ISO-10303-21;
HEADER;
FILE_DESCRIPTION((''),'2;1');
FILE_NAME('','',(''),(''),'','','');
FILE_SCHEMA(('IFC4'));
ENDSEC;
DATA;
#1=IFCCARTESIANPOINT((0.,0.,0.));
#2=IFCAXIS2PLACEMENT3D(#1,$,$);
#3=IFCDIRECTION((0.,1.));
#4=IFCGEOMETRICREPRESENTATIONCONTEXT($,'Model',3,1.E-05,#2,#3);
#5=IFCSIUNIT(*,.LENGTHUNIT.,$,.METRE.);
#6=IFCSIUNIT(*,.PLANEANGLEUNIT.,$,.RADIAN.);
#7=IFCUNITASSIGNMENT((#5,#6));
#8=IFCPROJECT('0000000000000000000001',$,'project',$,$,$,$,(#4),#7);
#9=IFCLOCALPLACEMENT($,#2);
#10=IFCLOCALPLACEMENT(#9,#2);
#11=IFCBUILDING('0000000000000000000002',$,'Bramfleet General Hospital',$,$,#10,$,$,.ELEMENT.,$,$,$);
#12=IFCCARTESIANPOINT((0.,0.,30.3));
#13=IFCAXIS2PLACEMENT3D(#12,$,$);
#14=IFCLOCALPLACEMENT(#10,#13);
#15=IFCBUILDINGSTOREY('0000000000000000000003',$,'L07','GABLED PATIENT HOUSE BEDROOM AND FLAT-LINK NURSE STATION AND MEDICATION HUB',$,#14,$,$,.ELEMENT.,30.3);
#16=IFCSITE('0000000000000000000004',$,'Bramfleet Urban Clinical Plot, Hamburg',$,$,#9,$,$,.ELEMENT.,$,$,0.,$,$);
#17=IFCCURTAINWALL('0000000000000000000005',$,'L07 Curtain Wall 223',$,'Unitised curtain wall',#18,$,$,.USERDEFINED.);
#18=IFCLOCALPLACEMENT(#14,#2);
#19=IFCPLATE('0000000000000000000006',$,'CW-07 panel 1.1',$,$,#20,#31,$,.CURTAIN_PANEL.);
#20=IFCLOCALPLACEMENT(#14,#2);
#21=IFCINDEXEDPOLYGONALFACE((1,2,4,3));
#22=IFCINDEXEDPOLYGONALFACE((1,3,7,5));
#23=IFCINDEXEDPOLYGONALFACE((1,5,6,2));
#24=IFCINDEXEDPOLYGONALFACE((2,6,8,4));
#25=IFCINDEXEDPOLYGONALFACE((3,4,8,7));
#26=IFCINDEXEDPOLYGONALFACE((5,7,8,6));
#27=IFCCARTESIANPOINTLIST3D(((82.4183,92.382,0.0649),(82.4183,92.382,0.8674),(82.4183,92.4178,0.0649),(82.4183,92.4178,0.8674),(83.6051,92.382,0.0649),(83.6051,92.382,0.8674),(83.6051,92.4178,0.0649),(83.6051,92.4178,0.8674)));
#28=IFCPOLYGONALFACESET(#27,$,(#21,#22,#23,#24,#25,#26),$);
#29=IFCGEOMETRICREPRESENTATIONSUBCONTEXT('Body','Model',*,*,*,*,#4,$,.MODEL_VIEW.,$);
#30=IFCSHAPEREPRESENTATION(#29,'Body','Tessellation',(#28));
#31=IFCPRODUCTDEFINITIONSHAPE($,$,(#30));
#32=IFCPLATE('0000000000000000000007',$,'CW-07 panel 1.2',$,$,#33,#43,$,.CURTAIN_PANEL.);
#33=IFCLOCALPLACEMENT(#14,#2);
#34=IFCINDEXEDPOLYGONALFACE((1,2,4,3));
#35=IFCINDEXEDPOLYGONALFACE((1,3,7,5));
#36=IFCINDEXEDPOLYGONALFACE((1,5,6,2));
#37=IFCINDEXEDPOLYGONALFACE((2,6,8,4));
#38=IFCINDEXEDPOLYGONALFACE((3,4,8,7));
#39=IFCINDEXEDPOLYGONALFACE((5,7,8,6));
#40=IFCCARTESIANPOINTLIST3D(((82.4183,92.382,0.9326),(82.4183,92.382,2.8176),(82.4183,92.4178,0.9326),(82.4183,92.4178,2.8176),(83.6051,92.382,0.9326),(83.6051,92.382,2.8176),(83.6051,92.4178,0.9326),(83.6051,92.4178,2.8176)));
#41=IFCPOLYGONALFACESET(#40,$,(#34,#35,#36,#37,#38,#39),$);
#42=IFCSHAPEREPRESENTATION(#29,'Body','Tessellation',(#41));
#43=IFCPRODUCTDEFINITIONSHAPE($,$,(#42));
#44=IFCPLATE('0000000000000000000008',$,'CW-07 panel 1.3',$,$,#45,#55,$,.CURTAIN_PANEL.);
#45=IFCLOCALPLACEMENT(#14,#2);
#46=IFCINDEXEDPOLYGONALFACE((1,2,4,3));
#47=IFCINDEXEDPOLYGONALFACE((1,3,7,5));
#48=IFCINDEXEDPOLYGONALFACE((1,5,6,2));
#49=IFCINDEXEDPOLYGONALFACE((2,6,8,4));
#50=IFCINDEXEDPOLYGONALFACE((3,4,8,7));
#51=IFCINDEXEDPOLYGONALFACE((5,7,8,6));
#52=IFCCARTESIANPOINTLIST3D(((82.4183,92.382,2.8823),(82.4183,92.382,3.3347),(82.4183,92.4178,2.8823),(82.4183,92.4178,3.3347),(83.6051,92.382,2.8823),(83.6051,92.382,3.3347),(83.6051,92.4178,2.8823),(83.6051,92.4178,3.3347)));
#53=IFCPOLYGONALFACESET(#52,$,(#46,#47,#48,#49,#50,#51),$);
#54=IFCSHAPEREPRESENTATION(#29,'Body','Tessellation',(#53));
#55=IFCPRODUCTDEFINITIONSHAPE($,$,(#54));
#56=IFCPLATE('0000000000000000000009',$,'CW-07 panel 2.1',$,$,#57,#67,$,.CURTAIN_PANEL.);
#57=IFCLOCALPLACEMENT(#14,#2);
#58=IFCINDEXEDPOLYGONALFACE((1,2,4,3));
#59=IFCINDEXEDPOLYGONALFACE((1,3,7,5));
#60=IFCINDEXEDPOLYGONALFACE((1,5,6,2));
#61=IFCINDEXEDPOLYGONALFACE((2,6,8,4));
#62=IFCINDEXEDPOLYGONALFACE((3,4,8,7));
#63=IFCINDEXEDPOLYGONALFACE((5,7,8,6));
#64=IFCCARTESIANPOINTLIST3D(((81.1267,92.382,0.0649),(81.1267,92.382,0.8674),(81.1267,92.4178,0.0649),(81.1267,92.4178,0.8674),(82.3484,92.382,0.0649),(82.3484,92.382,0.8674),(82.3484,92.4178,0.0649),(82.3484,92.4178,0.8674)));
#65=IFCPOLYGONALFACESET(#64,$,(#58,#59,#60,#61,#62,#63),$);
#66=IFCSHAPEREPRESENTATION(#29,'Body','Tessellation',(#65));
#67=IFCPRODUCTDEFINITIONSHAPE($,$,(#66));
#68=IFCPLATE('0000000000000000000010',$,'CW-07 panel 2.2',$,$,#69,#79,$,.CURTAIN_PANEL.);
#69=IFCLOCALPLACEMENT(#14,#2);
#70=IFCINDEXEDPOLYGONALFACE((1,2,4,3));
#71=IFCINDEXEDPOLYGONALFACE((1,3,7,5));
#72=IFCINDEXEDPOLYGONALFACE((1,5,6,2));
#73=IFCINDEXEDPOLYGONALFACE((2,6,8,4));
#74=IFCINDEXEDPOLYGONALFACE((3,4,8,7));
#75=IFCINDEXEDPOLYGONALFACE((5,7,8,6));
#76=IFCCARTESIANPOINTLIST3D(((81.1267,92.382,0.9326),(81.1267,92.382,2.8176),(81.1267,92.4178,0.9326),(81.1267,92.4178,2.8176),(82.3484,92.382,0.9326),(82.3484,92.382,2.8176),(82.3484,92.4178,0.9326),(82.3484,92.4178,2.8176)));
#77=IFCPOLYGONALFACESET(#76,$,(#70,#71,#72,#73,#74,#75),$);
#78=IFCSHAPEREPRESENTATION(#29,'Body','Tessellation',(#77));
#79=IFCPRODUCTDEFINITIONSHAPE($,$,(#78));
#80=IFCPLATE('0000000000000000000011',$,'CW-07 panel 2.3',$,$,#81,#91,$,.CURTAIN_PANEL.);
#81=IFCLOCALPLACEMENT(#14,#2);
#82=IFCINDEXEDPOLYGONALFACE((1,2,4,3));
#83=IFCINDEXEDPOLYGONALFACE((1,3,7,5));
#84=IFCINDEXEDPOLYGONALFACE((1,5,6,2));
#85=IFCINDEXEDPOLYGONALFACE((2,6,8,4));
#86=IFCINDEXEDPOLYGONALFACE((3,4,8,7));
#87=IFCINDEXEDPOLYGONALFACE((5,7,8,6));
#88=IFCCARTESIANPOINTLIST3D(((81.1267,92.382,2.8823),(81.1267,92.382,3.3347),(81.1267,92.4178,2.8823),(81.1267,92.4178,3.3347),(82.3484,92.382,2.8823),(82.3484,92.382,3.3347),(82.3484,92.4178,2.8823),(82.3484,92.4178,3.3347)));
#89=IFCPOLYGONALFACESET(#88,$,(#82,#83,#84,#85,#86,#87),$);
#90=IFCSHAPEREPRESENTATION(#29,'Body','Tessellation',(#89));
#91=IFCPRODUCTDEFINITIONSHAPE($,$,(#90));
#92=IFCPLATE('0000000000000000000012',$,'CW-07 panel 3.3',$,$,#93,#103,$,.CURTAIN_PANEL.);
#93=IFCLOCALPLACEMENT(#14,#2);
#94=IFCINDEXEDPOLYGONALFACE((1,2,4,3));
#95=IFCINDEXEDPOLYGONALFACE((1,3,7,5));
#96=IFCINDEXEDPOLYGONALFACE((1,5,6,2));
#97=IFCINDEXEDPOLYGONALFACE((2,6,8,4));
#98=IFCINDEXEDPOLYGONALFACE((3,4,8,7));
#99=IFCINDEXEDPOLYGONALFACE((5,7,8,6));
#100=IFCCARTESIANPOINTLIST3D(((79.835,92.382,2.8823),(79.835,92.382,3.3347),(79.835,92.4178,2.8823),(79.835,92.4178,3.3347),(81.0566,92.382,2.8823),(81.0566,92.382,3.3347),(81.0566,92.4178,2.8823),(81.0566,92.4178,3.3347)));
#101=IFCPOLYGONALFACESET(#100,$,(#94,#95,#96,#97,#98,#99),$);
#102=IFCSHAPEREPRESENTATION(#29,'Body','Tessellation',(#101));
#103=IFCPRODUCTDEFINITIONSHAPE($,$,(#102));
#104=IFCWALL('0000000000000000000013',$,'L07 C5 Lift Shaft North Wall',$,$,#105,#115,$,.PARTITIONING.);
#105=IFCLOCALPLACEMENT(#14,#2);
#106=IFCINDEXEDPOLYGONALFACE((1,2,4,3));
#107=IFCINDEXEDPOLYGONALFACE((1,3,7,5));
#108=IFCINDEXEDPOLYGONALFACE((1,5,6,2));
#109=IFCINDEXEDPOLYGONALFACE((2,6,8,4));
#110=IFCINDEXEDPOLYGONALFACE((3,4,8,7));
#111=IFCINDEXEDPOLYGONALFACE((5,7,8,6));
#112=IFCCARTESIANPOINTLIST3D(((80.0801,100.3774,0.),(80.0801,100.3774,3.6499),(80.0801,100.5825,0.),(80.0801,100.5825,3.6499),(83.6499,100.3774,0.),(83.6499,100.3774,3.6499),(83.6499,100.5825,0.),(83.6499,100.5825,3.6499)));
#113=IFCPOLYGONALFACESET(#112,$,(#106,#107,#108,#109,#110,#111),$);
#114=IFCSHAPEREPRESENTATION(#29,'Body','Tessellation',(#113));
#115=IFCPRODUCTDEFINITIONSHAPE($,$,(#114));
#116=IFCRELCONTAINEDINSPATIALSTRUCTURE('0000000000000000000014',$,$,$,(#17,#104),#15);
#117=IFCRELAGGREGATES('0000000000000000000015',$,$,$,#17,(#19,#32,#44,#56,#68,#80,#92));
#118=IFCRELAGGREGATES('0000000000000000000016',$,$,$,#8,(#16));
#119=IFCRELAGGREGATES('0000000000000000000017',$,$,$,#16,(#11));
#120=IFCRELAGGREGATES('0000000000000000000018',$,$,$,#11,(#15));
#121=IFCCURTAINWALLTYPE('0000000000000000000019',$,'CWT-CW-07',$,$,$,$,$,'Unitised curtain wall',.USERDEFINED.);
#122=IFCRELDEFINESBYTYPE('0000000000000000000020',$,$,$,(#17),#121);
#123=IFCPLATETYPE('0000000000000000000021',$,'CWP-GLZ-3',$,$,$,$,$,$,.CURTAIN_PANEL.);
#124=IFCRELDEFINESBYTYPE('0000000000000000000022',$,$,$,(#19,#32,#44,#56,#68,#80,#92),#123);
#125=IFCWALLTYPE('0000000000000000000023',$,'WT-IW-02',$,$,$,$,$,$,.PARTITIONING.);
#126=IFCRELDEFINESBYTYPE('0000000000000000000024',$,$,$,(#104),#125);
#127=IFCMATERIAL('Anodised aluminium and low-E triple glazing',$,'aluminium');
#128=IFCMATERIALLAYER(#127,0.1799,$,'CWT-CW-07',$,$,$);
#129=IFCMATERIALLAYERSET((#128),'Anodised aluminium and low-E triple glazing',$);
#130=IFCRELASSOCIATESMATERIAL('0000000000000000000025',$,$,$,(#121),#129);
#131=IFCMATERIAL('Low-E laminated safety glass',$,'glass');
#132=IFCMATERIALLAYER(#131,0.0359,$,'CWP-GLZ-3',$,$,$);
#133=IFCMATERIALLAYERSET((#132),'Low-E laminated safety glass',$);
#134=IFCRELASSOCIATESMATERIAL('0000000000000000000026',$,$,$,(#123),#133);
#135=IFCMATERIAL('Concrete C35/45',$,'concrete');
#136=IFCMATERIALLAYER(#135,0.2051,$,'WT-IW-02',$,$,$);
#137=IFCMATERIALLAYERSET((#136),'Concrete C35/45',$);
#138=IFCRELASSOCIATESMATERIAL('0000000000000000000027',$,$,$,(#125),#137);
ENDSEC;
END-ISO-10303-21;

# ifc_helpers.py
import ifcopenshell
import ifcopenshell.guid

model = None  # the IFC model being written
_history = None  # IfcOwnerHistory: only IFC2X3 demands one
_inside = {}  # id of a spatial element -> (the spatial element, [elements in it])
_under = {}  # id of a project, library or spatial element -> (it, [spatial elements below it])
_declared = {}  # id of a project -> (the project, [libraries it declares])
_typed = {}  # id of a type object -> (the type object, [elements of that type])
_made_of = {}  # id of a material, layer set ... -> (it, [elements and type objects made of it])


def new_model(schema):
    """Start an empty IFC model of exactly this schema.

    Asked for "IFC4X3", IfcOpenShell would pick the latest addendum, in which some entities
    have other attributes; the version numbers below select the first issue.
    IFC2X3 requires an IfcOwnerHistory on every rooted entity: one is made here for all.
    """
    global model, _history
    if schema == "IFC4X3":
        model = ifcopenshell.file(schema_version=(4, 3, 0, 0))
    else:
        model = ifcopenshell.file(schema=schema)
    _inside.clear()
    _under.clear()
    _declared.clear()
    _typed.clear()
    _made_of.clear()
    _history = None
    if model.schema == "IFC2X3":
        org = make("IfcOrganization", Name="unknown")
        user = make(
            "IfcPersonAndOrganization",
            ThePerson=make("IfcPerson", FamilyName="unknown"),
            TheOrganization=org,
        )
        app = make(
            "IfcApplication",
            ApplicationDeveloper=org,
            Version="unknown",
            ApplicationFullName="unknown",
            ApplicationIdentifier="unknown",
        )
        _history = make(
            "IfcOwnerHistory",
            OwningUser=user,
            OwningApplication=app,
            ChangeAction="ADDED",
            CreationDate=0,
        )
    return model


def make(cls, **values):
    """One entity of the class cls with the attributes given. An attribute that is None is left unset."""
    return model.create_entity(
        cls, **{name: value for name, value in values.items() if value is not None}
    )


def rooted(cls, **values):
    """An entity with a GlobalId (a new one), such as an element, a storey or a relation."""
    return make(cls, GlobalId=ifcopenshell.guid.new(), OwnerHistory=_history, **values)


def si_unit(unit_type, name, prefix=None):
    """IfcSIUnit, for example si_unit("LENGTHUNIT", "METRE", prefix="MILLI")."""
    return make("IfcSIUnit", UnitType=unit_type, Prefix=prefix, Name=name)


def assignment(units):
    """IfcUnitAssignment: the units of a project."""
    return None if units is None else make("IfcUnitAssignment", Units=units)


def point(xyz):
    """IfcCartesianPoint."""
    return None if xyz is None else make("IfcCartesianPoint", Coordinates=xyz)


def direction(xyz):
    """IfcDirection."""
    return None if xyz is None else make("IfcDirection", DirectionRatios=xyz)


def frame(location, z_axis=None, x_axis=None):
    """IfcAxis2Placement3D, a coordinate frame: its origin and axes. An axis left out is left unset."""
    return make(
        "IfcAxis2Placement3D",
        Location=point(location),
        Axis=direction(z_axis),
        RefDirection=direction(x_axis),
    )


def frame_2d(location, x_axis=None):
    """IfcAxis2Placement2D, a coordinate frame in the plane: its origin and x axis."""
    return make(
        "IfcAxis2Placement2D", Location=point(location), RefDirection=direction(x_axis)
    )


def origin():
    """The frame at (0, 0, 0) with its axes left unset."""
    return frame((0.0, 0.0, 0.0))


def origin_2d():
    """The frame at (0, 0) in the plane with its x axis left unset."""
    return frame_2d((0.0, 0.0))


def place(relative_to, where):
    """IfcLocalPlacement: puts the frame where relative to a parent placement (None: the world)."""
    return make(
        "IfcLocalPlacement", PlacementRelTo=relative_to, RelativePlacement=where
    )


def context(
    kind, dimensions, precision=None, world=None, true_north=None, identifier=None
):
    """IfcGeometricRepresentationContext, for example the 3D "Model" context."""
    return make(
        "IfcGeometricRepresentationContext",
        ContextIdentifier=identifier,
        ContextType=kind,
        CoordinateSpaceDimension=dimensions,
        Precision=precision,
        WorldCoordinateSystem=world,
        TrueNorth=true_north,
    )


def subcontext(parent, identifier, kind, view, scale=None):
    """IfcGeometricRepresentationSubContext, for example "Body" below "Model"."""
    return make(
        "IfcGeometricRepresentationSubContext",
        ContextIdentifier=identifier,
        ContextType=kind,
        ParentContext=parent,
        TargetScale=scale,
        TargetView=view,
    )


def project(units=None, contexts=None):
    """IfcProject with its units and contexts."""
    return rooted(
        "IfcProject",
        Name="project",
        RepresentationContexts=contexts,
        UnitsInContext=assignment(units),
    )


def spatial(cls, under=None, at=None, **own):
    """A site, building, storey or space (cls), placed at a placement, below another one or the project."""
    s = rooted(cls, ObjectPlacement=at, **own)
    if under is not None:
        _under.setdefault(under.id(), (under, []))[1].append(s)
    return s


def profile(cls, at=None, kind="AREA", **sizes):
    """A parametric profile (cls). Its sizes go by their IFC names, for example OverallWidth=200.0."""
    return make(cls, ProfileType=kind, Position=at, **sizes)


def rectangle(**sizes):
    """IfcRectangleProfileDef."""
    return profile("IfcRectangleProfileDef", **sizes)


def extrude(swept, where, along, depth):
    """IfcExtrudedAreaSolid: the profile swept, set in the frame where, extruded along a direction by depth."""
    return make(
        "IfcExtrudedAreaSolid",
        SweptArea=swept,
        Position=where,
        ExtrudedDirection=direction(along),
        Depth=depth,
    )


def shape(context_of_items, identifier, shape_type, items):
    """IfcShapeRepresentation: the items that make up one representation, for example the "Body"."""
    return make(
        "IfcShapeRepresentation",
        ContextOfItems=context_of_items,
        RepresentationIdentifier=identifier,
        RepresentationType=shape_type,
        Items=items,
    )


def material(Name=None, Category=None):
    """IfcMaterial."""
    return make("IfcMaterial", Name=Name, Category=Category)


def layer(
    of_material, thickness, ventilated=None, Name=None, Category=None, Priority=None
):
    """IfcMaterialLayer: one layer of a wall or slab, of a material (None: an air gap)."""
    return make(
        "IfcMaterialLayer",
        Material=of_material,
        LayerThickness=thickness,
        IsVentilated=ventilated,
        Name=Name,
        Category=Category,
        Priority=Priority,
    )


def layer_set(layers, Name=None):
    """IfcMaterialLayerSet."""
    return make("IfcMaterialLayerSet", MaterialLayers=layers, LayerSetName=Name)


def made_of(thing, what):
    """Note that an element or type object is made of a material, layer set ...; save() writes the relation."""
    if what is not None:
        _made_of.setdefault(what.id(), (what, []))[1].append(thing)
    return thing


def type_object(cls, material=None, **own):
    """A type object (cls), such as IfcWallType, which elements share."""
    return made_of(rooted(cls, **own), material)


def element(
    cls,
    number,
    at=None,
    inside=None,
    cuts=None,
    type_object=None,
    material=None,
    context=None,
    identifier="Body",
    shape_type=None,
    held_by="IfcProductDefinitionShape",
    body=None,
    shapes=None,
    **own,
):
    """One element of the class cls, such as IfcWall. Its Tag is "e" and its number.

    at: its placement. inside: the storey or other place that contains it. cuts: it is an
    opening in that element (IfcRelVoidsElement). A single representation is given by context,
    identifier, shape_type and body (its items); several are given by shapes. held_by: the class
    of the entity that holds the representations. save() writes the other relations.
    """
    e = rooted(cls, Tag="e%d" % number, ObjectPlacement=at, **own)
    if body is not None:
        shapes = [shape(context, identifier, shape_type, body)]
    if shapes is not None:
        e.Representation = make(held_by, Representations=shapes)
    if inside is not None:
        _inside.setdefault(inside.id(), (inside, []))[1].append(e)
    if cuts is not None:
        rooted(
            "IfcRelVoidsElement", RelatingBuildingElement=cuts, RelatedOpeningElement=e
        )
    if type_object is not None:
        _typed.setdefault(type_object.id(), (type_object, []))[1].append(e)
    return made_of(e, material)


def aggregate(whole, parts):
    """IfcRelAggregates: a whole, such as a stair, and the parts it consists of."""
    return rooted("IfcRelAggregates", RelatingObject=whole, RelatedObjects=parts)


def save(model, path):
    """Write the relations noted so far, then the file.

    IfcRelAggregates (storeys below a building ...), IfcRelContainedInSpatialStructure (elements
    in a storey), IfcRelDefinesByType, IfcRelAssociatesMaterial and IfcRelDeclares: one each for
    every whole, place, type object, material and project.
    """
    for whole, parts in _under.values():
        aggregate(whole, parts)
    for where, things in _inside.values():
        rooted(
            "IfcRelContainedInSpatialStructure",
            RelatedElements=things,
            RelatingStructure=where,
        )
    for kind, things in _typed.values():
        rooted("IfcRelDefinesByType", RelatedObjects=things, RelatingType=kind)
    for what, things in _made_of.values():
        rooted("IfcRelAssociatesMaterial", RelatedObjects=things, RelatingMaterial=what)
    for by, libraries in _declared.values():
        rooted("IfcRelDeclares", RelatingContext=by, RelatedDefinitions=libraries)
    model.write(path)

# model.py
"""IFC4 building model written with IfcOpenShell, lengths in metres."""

from ifc_helpers import new_model, si_unit, direction, frame, frame_2d, origin, origin_2d, place, context, subcontext, project, spatial, rectangle, extrude, material, layer, layer_set, type_object, element, aggregate, save


model = new_model("IFC4")

# Units and contexts
model_context = context("Model", 3, precision=1e-05, world=origin(), true_north=direction((0.0, 1.0)))
body_context = subcontext(model_context, "Body", "Model", "MODEL_VIEW")
ifc_project = project(units=[si_unit("LENGTHUNIT", "METRE"), si_unit("PLANEANGLEUNIT", "RADIAN")], contexts=[model_context])

# Site, building, storey
site_placement = place(None, origin())
site = spatial("IfcSite", under=ifc_project, at=site_placement, Name="Bramfleet Urban Clinical Plot, Hamburg", CompositionType="ELEMENT", RefElevation=0.0)
building_placement = place(site_placement, origin())
building = spatial("IfcBuilding", under=site, at=building_placement, Name="Bramfleet General Hospital", CompositionType="ELEMENT")
storey_placement = place(building_placement, frame((0.0, 0.0, 30.3)))
storey = spatial("IfcBuildingStorey", under=building, at=storey_placement, Name="L07", Description="GABLED PATIENT HOUSE BEDROOM AND FLAT-LINK NURSE STATION AND MEDICATION HUB", CompositionType="ELEMENT", Elevation=30.3)

# Shared definitions
ifc_material_1 = material(Name="Concrete C35/45", Category="concrete")

# Curtain wall, plates
ifc_material_2 = material(Name="Anodised aluminium and low-E triple glazing", Category="aluminium")
ifc_layer_1 = layer(ifc_material_2, 0.1799, Name="CWT-CW-07")
ifc_layer_set_1 = layer_set([ifc_layer_1], Name="Anodised aluminium and low-E triple glazing")
curtain_wall_type = type_object("IfcCurtainWallType", Name="CWT-CW-07", ElementType="Unitised curtain wall", PredefinedType="USERDEFINED", material=ifc_layer_set_1)
curtain_wall_placement = place(storey_placement, origin())
curtain_wall = element("IfcCurtainWall", 1, at=curtain_wall_placement, inside=storey, type_object=curtain_wall_type, Name="L07 Curtain Wall 223", ObjectType="Unitised curtain wall", PredefinedType="USERDEFINED")
ifc_material_3 = material(Name="Low-E laminated safety glass", Category="glass")
ifc_layer_2 = layer(ifc_material_3, 0.0359, Name="CWP-GLZ-3")
ifc_layer_set_2 = layer_set([ifc_layer_2], Name="Low-E laminated safety glass")
plate_type = type_object("IfcPlateType", Name="CWP-GLZ-3", PredefinedType="CURTAIN_PANEL", material=ifc_layer_set_2)
plate_1_placement = place(storey_placement, frame((83.0117, 92.3999, 0.0649), z_axis=(0.0, 0.0, 1.0), x_axis=(-1.0, 0.0, 0.0)))
plate_1 = element("IfcPlate", 2, at=plate_1_placement, type_object=plate_type, Name="CW-07 panel 1.1", PredefinedType="CURTAIN_PANEL", context=body_context, shape_type="SweptSolid", body=[
    extrude(rectangle(XDim=1.1868, YDim=0.0359, at=origin_2d()), origin(), (0.0, 0.0, 1.0), 0.8025),
])
plate_2_placement = place(storey_placement, frame((83.0117, 92.3999, 0.9326), z_axis=(0.0, 0.0, 1.0), x_axis=(-1.0, 0.0, 0.0)))
plate_2 = element("IfcPlate", 3, at=plate_2_placement, type_object=plate_type, Name="CW-07 panel 1.2", PredefinedType="CURTAIN_PANEL", context=body_context, shape_type="SweptSolid", body=[
    extrude(rectangle(XDim=1.1868, YDim=0.0359, at=origin_2d()), origin(), (0.0, 0.0, 1.0), 1.885),
])
plate_3_placement = place(storey_placement, frame((83.0117, 92.3999, 2.8823), z_axis=(0.0, 0.0, 1.0), x_axis=(-1.0, 0.0, 0.0)))
plate_3 = element("IfcPlate", 4, at=plate_3_placement, type_object=plate_type, Name="CW-07 panel 1.3", PredefinedType="CURTAIN_PANEL", context=body_context, shape_type="SweptSolid", body=[
    extrude(rectangle(XDim=1.1868, YDim=0.0359, at=origin_2d()), origin(), (0.0, 0.0, 1.0), 0.4524),
])
plate_4_placement = place(storey_placement, frame((81.7375, 92.3999, 0.0649), z_axis=(0.0, 0.0, 1.0), x_axis=(-1.0, 0.0, 0.0)))
plate_4 = element("IfcPlate", 5, at=plate_4_placement, type_object=plate_type, Name="CW-07 panel 2.1", PredefinedType="CURTAIN_PANEL", context=body_context, shape_type="SweptSolid", body=[
    extrude(rectangle(XDim=1.2217, YDim=0.0359, at=origin_2d()), origin(), (0.0, 0.0, 1.0), 0.8025),
])
plate_5_placement = place(storey_placement, frame((81.7375, 92.3999, 0.9326), z_axis=(0.0, 0.0, 1.0), x_axis=(-1.0, 0.0, 0.0)))
plate_5 = element("IfcPlate", 6, at=plate_5_placement, type_object=plate_type, Name="CW-07 panel 2.2", PredefinedType="CURTAIN_PANEL", context=body_context, shape_type="SweptSolid", body=[
    extrude(rectangle(XDim=1.2217, YDim=0.0359, at=origin_2d()), origin(), (0.0, 0.0, 1.0), 1.885),
])
plate_6_placement = place(storey_placement, frame((81.7375, 92.3999, 2.8823), z_axis=(0.0, 0.0, 1.0), x_axis=(-1.0, 0.0, 0.0)))
plate_6 = element("IfcPlate", 7, at=plate_6_placement, type_object=plate_type, Name="CW-07 panel 2.3", PredefinedType="CURTAIN_PANEL", context=body_context, shape_type="SweptSolid", body=[
    extrude(rectangle(XDim=1.2217, YDim=0.0359, at=origin_2d()), origin(), (0.0, 0.0, 1.0), 0.4524),
])
plate_7_placement = place(storey_placement, frame((80.4458, 92.3999, 2.8823), z_axis=(0.0, 0.0, 1.0), x_axis=(-1.0, 0.0, 0.0)))
plate_7 = element("IfcPlate", 8, at=plate_7_placement, type_object=plate_type, Name="CW-07 panel 3.3", PredefinedType="CURTAIN_PANEL", context=body_context, shape_type="SweptSolid", body=[
    extrude(rectangle(XDim=1.2217, YDim=0.0359, at=origin_2d()), origin(), (0.0, 0.0, 1.0), 0.4524),
])
aggregate(curtain_wall, [plate_1, plate_2, plate_3, plate_4, plate_5, plate_6, plate_7])

# Shared definitions
ifc_layer_3 = layer(ifc_material_1, 0.2051, Name="WT-IW-02")
ifc_layer_set_3 = layer_set([ifc_layer_3], Name="Concrete C35/45")
wall_type = type_object("IfcWallType", Name="WT-IW-02", PredefinedType="PARTITIONING", material=ifc_layer_set_3)

# Wall
wall_1_placement = place(storey_placement, frame((80.0801, 100.48, 0.0), z_axis=(0.0, 0.0, 1.0), x_axis=(1.0, 0.0, 0.0)))
element("IfcWall", 9, at=wall_1_placement, inside=storey, type_object=wall_type, Name="L07 C5 Lift Shaft North Wall", PredefinedType="PARTITIONING", context=body_context, shape_type="SweptSolid", body=[
    extrude(rectangle(XDim=3.5698, YDim=0.2051, at=frame_2d((1.7849, 0.0))), origin(), (0.0, 0.0, 1.0), 3.6499),
])

save(model, "model.ifc")
